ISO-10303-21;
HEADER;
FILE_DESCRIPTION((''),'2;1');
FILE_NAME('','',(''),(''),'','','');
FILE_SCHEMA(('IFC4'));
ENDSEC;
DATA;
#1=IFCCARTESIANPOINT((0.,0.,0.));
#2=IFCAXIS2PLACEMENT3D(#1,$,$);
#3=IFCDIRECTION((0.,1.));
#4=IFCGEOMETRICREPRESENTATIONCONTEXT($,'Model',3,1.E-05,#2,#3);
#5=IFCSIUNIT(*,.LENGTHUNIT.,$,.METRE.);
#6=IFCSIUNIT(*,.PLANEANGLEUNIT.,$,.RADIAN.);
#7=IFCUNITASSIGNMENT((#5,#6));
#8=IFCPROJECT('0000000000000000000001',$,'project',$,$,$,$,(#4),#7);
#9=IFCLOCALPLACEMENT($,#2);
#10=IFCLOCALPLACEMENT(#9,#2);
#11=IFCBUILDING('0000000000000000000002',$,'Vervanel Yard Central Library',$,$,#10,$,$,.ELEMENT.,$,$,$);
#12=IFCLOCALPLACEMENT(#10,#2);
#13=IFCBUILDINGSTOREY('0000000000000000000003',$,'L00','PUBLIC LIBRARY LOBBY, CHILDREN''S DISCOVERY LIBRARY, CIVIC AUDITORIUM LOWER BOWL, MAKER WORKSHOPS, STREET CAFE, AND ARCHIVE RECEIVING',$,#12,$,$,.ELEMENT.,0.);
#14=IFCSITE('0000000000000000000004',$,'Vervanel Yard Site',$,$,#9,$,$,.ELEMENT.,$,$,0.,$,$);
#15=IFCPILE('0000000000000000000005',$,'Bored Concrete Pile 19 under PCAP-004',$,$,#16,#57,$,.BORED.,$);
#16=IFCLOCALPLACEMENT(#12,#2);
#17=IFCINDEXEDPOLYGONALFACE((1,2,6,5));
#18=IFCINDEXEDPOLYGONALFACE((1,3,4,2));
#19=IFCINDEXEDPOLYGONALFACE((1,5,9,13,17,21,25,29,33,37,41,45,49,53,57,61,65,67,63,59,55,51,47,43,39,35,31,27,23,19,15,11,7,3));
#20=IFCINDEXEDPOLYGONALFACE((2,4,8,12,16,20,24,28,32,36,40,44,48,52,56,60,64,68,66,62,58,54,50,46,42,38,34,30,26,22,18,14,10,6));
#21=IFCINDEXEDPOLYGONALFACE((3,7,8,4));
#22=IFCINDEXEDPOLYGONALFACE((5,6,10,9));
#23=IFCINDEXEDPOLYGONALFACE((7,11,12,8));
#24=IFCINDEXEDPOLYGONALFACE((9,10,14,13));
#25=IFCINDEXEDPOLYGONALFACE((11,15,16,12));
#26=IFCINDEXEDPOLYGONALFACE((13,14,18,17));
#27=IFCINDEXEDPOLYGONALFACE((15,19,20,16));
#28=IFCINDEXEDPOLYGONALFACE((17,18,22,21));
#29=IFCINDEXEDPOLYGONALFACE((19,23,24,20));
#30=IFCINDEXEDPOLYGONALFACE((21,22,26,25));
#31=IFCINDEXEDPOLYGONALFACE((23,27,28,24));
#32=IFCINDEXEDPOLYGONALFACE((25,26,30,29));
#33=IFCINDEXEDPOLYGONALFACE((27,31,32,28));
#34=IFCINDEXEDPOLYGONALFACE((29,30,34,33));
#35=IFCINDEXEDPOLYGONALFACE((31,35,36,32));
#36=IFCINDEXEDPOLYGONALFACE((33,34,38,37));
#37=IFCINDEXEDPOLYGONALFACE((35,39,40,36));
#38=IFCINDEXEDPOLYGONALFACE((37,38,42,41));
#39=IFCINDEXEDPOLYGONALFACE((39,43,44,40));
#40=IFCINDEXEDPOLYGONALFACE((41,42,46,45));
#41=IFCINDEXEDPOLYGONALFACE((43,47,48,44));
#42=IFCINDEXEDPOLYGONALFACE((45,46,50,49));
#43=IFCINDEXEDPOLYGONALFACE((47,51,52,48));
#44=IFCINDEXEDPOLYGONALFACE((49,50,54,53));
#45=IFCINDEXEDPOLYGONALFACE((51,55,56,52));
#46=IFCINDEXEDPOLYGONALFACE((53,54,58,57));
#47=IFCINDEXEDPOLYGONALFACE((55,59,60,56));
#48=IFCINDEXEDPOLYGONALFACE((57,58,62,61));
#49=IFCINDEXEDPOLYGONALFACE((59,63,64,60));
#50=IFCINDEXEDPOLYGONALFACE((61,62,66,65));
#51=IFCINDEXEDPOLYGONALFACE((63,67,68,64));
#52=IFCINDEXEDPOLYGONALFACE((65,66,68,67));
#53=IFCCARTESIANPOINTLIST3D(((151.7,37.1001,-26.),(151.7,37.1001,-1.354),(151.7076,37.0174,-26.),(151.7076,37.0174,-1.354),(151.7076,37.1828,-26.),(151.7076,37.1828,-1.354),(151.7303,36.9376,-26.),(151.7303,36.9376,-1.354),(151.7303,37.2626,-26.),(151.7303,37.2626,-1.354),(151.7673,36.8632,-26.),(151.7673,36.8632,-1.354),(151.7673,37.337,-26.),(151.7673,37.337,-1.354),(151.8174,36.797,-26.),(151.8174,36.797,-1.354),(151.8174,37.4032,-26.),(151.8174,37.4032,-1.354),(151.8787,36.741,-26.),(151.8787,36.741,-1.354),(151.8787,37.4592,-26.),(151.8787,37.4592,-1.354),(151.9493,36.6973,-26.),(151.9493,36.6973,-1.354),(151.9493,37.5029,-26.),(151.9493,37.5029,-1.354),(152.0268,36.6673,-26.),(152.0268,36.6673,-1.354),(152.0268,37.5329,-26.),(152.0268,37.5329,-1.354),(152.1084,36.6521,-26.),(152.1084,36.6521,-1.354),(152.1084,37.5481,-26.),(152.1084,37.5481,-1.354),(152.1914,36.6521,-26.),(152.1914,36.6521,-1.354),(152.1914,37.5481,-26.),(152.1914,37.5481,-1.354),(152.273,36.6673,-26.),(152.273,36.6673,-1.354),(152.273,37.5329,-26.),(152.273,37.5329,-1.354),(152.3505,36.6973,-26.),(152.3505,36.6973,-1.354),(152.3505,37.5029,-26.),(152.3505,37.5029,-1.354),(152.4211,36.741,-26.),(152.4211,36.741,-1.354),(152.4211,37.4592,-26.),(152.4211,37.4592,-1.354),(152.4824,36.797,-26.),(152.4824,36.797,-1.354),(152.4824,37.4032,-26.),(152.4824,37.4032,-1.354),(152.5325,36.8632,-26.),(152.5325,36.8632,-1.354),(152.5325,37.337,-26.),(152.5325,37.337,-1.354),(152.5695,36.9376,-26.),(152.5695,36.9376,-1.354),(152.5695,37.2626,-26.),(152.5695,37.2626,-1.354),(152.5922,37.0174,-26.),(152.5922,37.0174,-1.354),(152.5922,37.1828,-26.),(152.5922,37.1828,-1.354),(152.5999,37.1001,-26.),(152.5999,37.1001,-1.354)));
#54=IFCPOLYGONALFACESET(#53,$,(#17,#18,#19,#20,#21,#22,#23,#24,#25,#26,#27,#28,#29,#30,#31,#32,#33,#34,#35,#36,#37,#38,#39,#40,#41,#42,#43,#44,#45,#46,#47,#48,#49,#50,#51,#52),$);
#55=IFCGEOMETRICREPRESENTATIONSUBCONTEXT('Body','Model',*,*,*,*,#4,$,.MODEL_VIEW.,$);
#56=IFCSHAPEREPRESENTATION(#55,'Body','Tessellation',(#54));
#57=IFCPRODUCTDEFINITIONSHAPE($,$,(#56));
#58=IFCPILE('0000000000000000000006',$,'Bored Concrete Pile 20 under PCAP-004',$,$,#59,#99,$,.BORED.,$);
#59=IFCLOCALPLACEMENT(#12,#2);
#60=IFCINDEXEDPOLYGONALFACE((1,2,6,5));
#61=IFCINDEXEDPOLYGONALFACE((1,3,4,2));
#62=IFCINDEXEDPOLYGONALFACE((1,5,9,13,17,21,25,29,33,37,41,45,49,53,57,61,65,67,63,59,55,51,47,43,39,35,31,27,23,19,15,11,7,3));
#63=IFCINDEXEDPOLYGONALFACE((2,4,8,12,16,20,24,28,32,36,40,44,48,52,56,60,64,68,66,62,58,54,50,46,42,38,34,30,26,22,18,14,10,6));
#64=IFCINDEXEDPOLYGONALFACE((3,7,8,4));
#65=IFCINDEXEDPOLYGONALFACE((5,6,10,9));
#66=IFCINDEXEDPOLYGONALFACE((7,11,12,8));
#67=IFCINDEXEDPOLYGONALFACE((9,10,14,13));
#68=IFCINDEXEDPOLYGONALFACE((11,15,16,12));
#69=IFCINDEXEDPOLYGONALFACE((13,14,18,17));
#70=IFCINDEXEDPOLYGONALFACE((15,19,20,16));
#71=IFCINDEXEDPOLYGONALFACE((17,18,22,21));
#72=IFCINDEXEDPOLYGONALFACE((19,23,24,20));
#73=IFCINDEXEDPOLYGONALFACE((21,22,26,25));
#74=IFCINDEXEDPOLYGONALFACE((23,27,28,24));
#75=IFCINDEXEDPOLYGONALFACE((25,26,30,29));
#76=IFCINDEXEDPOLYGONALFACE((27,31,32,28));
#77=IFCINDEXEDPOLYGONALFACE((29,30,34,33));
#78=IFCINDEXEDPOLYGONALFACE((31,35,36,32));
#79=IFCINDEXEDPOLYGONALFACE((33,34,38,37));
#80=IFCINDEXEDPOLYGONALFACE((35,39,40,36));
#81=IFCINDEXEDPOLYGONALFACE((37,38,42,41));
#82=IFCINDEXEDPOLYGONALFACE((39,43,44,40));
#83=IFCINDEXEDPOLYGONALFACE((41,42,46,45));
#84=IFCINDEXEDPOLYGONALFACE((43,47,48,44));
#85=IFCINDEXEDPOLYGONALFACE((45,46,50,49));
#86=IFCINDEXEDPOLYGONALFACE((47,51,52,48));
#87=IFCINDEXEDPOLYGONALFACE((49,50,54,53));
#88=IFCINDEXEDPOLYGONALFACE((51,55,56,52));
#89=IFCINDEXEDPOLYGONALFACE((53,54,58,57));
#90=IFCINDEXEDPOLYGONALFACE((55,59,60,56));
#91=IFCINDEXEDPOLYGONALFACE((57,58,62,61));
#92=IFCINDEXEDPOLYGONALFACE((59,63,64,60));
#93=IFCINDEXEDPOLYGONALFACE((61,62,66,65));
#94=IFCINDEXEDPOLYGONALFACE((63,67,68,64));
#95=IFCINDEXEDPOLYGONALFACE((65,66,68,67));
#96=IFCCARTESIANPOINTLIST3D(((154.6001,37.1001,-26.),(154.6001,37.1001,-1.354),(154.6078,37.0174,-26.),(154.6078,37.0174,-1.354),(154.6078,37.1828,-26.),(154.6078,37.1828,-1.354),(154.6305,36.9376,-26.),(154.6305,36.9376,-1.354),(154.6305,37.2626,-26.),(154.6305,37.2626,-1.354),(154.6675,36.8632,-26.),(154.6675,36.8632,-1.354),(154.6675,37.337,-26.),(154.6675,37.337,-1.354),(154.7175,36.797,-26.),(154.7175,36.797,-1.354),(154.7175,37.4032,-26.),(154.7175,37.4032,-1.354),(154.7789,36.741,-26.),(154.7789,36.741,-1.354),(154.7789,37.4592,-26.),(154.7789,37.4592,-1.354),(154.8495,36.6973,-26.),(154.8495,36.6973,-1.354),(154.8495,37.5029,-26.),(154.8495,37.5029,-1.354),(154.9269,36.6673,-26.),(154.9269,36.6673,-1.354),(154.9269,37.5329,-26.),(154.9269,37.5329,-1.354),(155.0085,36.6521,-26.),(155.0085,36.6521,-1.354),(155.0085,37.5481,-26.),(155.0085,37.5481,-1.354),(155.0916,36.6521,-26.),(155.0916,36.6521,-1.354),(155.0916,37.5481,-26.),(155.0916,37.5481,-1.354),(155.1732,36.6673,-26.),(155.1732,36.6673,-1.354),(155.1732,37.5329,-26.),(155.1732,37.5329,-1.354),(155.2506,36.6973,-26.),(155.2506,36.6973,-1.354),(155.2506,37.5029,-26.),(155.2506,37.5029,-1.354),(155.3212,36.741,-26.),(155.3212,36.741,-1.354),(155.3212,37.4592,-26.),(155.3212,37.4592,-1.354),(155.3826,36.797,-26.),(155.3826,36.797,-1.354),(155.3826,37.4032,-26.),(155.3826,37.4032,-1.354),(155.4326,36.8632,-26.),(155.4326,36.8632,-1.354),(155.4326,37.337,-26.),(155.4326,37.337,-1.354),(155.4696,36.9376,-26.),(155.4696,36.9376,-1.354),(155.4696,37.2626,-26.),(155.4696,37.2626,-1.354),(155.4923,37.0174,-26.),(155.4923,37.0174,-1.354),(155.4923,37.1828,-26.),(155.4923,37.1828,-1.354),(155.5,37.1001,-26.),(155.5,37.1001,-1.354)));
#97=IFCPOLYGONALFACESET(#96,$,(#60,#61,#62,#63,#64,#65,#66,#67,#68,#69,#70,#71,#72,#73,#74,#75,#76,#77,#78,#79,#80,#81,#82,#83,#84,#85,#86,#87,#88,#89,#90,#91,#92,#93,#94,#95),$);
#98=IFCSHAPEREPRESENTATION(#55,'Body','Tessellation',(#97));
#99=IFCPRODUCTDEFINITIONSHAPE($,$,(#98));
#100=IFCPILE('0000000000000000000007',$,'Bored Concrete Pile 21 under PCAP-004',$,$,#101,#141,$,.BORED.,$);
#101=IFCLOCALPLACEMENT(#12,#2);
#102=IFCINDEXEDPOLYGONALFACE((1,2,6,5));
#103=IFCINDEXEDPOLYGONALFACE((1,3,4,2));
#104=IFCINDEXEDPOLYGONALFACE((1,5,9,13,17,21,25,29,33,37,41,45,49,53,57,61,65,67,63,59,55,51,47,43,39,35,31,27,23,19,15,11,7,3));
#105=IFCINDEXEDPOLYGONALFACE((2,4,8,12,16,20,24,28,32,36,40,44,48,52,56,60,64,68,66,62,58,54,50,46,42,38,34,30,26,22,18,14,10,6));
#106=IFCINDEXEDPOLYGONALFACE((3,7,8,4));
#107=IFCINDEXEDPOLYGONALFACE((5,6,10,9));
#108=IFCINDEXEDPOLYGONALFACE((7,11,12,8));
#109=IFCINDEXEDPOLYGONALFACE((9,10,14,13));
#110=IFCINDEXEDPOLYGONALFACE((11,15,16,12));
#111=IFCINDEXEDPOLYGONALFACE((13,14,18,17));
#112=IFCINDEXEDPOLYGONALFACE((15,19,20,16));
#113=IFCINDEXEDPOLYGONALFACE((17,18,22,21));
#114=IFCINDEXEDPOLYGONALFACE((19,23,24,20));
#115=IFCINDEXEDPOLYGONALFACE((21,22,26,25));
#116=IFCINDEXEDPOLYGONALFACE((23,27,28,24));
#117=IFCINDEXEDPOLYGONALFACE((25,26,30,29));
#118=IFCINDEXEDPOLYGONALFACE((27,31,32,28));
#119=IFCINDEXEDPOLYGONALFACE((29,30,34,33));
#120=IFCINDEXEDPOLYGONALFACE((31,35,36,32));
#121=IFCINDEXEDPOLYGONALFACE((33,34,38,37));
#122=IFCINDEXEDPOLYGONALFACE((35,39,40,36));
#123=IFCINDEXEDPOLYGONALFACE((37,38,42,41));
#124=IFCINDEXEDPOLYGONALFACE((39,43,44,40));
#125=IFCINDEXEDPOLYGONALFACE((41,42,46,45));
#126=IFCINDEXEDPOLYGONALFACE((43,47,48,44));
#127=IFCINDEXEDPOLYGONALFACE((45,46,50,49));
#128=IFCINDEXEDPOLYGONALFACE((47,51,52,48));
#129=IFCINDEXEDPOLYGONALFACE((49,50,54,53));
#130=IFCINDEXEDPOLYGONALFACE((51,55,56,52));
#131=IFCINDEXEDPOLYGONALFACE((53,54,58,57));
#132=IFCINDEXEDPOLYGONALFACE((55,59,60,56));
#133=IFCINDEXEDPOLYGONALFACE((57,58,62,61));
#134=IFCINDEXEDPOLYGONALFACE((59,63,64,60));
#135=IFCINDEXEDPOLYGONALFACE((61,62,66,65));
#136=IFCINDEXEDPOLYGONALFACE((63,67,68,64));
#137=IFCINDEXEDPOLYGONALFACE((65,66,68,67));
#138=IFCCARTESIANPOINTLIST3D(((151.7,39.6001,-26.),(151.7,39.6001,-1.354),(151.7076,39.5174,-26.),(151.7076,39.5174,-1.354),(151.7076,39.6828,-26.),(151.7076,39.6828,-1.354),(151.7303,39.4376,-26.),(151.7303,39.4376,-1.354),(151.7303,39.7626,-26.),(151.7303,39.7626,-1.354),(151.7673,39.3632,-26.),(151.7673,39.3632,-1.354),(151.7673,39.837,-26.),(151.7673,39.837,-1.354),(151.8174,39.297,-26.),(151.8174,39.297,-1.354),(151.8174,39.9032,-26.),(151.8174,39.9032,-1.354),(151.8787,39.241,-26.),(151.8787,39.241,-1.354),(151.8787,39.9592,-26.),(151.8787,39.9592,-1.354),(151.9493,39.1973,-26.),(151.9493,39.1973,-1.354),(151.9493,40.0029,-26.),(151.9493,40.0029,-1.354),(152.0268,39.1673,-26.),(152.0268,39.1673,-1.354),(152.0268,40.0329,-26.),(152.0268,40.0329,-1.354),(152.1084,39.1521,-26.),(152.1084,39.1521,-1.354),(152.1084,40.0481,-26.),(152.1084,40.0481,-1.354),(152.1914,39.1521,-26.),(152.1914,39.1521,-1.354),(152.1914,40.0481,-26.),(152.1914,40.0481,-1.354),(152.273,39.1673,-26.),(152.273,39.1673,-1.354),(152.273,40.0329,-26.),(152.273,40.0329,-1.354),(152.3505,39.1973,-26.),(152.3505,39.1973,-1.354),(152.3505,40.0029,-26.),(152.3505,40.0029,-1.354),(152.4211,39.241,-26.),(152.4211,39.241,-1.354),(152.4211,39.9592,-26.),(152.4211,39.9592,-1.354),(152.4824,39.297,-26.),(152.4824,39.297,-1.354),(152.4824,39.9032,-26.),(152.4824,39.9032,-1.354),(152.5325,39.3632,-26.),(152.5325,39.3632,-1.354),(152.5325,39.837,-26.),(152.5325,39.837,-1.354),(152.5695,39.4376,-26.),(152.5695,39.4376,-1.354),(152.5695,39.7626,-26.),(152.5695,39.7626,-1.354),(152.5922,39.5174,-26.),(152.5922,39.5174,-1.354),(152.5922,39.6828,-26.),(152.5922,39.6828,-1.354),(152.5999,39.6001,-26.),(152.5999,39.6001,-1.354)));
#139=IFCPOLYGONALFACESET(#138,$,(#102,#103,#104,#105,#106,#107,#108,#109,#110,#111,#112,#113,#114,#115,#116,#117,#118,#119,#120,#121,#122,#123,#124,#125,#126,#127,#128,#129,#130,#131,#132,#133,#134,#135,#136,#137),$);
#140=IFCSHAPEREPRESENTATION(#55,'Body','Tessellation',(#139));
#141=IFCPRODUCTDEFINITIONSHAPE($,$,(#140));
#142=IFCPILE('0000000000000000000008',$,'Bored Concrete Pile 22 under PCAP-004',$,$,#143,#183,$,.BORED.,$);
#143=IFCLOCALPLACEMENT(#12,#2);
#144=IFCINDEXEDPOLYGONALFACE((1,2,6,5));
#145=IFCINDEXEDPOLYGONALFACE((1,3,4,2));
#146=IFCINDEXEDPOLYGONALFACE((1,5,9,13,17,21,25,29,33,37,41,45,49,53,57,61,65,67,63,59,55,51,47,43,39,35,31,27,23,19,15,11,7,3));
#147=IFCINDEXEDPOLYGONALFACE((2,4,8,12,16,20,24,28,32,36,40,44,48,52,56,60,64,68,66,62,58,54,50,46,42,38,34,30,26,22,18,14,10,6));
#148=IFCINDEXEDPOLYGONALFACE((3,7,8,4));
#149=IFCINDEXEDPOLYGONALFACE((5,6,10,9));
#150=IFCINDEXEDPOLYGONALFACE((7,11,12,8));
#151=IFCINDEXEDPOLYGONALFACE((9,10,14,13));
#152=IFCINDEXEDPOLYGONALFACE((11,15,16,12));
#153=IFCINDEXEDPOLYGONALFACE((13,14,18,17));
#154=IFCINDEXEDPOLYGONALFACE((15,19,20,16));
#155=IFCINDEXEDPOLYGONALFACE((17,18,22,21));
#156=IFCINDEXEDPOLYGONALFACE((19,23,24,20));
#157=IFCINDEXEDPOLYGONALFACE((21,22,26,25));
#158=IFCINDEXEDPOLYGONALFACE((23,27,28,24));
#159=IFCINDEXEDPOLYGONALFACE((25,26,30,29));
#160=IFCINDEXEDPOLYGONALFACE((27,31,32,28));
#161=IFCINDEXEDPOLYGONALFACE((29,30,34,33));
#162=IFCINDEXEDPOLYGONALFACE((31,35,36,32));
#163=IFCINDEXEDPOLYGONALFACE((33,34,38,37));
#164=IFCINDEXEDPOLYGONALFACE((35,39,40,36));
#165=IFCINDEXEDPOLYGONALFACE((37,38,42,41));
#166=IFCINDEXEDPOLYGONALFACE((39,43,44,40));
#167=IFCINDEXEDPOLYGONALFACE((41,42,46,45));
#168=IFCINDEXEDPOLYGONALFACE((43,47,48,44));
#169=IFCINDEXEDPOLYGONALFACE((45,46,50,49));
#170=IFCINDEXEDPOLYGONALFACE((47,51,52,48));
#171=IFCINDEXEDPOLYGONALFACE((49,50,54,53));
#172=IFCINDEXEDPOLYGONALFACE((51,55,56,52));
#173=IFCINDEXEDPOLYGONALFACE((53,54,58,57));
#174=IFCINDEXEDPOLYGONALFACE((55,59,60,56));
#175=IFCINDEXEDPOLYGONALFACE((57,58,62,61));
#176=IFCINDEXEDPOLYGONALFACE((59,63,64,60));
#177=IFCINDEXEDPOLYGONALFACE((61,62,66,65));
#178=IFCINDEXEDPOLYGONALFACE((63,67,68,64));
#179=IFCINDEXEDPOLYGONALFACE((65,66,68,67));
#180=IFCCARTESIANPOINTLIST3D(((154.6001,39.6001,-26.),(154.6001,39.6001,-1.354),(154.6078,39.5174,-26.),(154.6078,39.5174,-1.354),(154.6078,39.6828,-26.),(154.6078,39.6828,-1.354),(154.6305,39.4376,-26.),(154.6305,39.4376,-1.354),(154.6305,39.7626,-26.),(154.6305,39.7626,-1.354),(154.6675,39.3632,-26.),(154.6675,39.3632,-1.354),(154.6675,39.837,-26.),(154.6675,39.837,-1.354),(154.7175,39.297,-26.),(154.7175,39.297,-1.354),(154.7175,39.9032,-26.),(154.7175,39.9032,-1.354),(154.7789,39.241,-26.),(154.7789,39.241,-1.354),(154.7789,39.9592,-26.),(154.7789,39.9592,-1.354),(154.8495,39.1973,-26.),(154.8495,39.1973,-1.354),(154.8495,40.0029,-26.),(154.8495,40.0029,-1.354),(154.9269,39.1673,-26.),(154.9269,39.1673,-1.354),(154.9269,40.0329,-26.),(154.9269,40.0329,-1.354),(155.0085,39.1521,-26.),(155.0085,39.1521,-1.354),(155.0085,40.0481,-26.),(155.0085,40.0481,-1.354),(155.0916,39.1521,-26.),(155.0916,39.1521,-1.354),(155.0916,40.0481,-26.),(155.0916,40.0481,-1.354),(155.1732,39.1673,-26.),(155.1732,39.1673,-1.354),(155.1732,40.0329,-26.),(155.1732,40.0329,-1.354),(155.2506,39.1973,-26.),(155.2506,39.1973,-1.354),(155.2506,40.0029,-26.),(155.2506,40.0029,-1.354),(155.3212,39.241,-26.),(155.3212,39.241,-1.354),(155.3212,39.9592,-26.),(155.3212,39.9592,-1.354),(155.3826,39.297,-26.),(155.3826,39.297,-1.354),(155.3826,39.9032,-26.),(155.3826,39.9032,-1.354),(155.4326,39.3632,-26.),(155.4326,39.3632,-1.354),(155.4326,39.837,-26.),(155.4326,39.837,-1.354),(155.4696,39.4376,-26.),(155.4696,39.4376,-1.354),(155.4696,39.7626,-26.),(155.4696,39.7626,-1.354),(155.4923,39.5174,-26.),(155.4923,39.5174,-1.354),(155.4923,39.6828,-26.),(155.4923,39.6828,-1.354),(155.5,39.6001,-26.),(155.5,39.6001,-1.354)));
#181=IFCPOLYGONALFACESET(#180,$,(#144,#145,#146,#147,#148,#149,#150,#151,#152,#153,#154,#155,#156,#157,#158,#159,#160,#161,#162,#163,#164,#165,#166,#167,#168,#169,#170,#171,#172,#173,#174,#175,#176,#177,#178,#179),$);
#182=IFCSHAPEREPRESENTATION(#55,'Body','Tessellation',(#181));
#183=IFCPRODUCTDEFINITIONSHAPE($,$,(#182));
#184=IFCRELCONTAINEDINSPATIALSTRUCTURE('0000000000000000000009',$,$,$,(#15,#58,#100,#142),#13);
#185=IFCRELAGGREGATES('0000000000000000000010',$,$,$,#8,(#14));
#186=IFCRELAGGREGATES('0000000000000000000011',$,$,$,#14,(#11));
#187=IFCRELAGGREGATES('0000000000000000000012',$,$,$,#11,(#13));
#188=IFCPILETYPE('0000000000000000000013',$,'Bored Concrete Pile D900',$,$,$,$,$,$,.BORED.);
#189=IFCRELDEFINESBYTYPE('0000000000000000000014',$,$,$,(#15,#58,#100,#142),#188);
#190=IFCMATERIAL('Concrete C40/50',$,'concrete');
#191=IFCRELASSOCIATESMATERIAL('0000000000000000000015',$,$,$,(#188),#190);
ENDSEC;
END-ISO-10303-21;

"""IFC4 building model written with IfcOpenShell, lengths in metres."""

from ifc_helpers import new_model, si_unit, direction, frame, origin, origin_2d, place, context, subcontext, project, spatial, circle, extrude, material, material_profile, profile_set, type_object, element, save


model = new_model("IFC4")

# Units and contexts
model_context = context("Model", 3, precision=1e-05, world=origin(), true_north=direction((0.0, 1.0)))
body_context = subcontext(model_context, "Body", "Model", "MODEL_VIEW")
ifc_project = project(units=[si_unit("LENGTHUNIT", "METRE"), si_unit("PLANEANGLEUNIT", "RADIAN")], contexts=[model_context])

# Site, building, storey
site_placement = place(None, origin())
site = spatial("IfcSite", under=ifc_project, at=site_placement, Name="Vervanel Yard Site", CompositionType="ELEMENT", RefElevation=0.0)
building_placement = place(site_placement, origin())
building = spatial("IfcBuilding", under=site, at=building_placement, Name="Vervanel Yard Central Library", CompositionType="ELEMENT")
storey_placement = place(building_placement, origin())
storey = spatial("IfcBuildingStorey", under=building, at=storey_placement, Name="L00", Description="PUBLIC LIBRARY LOBBY, CHILDREN'S DISCOVERY LIBRARY, CIVIC AUDITORIUM LOWER BOWL, MAKER WORKSHOPS, STREET CAFE, AND ARCHIVE RECEIVING", CompositionType="ELEMENT", Elevation=0.0)

# Piles
ifc_material_1 = material(Name="Concrete C40/50", Category="concrete")
ifc_material_profile_1 = material_profile(ifc_material_1, circle(Radius=0.45, at=origin_2d()), Name="BP D900", Category="concrete")
ifc_profile_set_1 = profile_set([ifc_material_profile_1], Name="Concrete C40/50")
pile_type = type_object("IfcPileType", Name="Bored Concrete Pile D900", PredefinedType="BORED", material=ifc_profile_set_1)
for number, where, z_axis, x_axis, name in (
    (1, (152.1499, 37.1001, -1.354), (0.0, 0.0, -1.0), (1.0, 0.0, 0.0), "Bored Concrete Pile 19 under PCAP-004"),
    (2, (155.05, 37.1001, -1.354), (0.0, 0.0, -1.0), (1.0, 0.0, 0.0), "Bored Concrete Pile 20 under PCAP-004"),
    (3, (152.1499, 39.6001, -1.354), (0.0, 0.0, -1.0), (1.0, 0.0, 0.0), "Bored Concrete Pile 21 under PCAP-004"),
    (4, (155.05, 39.6001, -1.354), (0.0, 0.0, -1.0), (1.0, 0.0, 0.0), "Bored Concrete Pile 22 under PCAP-004"),
):
    element("IfcPile", number, at=place(storey_placement, frame(where, z_axis=z_axis, x_axis=x_axis)), inside=storey, type_object=pile_type, Name=name, PredefinedType="BORED", context=body_context, shape_type="SweptSolid", body=[
        extrude(circle(Radius=0.45, at=origin_2d()), origin(), (0.0, 0.0, 1.0), 24.646),
    ])

save(model, "model.ifc")
